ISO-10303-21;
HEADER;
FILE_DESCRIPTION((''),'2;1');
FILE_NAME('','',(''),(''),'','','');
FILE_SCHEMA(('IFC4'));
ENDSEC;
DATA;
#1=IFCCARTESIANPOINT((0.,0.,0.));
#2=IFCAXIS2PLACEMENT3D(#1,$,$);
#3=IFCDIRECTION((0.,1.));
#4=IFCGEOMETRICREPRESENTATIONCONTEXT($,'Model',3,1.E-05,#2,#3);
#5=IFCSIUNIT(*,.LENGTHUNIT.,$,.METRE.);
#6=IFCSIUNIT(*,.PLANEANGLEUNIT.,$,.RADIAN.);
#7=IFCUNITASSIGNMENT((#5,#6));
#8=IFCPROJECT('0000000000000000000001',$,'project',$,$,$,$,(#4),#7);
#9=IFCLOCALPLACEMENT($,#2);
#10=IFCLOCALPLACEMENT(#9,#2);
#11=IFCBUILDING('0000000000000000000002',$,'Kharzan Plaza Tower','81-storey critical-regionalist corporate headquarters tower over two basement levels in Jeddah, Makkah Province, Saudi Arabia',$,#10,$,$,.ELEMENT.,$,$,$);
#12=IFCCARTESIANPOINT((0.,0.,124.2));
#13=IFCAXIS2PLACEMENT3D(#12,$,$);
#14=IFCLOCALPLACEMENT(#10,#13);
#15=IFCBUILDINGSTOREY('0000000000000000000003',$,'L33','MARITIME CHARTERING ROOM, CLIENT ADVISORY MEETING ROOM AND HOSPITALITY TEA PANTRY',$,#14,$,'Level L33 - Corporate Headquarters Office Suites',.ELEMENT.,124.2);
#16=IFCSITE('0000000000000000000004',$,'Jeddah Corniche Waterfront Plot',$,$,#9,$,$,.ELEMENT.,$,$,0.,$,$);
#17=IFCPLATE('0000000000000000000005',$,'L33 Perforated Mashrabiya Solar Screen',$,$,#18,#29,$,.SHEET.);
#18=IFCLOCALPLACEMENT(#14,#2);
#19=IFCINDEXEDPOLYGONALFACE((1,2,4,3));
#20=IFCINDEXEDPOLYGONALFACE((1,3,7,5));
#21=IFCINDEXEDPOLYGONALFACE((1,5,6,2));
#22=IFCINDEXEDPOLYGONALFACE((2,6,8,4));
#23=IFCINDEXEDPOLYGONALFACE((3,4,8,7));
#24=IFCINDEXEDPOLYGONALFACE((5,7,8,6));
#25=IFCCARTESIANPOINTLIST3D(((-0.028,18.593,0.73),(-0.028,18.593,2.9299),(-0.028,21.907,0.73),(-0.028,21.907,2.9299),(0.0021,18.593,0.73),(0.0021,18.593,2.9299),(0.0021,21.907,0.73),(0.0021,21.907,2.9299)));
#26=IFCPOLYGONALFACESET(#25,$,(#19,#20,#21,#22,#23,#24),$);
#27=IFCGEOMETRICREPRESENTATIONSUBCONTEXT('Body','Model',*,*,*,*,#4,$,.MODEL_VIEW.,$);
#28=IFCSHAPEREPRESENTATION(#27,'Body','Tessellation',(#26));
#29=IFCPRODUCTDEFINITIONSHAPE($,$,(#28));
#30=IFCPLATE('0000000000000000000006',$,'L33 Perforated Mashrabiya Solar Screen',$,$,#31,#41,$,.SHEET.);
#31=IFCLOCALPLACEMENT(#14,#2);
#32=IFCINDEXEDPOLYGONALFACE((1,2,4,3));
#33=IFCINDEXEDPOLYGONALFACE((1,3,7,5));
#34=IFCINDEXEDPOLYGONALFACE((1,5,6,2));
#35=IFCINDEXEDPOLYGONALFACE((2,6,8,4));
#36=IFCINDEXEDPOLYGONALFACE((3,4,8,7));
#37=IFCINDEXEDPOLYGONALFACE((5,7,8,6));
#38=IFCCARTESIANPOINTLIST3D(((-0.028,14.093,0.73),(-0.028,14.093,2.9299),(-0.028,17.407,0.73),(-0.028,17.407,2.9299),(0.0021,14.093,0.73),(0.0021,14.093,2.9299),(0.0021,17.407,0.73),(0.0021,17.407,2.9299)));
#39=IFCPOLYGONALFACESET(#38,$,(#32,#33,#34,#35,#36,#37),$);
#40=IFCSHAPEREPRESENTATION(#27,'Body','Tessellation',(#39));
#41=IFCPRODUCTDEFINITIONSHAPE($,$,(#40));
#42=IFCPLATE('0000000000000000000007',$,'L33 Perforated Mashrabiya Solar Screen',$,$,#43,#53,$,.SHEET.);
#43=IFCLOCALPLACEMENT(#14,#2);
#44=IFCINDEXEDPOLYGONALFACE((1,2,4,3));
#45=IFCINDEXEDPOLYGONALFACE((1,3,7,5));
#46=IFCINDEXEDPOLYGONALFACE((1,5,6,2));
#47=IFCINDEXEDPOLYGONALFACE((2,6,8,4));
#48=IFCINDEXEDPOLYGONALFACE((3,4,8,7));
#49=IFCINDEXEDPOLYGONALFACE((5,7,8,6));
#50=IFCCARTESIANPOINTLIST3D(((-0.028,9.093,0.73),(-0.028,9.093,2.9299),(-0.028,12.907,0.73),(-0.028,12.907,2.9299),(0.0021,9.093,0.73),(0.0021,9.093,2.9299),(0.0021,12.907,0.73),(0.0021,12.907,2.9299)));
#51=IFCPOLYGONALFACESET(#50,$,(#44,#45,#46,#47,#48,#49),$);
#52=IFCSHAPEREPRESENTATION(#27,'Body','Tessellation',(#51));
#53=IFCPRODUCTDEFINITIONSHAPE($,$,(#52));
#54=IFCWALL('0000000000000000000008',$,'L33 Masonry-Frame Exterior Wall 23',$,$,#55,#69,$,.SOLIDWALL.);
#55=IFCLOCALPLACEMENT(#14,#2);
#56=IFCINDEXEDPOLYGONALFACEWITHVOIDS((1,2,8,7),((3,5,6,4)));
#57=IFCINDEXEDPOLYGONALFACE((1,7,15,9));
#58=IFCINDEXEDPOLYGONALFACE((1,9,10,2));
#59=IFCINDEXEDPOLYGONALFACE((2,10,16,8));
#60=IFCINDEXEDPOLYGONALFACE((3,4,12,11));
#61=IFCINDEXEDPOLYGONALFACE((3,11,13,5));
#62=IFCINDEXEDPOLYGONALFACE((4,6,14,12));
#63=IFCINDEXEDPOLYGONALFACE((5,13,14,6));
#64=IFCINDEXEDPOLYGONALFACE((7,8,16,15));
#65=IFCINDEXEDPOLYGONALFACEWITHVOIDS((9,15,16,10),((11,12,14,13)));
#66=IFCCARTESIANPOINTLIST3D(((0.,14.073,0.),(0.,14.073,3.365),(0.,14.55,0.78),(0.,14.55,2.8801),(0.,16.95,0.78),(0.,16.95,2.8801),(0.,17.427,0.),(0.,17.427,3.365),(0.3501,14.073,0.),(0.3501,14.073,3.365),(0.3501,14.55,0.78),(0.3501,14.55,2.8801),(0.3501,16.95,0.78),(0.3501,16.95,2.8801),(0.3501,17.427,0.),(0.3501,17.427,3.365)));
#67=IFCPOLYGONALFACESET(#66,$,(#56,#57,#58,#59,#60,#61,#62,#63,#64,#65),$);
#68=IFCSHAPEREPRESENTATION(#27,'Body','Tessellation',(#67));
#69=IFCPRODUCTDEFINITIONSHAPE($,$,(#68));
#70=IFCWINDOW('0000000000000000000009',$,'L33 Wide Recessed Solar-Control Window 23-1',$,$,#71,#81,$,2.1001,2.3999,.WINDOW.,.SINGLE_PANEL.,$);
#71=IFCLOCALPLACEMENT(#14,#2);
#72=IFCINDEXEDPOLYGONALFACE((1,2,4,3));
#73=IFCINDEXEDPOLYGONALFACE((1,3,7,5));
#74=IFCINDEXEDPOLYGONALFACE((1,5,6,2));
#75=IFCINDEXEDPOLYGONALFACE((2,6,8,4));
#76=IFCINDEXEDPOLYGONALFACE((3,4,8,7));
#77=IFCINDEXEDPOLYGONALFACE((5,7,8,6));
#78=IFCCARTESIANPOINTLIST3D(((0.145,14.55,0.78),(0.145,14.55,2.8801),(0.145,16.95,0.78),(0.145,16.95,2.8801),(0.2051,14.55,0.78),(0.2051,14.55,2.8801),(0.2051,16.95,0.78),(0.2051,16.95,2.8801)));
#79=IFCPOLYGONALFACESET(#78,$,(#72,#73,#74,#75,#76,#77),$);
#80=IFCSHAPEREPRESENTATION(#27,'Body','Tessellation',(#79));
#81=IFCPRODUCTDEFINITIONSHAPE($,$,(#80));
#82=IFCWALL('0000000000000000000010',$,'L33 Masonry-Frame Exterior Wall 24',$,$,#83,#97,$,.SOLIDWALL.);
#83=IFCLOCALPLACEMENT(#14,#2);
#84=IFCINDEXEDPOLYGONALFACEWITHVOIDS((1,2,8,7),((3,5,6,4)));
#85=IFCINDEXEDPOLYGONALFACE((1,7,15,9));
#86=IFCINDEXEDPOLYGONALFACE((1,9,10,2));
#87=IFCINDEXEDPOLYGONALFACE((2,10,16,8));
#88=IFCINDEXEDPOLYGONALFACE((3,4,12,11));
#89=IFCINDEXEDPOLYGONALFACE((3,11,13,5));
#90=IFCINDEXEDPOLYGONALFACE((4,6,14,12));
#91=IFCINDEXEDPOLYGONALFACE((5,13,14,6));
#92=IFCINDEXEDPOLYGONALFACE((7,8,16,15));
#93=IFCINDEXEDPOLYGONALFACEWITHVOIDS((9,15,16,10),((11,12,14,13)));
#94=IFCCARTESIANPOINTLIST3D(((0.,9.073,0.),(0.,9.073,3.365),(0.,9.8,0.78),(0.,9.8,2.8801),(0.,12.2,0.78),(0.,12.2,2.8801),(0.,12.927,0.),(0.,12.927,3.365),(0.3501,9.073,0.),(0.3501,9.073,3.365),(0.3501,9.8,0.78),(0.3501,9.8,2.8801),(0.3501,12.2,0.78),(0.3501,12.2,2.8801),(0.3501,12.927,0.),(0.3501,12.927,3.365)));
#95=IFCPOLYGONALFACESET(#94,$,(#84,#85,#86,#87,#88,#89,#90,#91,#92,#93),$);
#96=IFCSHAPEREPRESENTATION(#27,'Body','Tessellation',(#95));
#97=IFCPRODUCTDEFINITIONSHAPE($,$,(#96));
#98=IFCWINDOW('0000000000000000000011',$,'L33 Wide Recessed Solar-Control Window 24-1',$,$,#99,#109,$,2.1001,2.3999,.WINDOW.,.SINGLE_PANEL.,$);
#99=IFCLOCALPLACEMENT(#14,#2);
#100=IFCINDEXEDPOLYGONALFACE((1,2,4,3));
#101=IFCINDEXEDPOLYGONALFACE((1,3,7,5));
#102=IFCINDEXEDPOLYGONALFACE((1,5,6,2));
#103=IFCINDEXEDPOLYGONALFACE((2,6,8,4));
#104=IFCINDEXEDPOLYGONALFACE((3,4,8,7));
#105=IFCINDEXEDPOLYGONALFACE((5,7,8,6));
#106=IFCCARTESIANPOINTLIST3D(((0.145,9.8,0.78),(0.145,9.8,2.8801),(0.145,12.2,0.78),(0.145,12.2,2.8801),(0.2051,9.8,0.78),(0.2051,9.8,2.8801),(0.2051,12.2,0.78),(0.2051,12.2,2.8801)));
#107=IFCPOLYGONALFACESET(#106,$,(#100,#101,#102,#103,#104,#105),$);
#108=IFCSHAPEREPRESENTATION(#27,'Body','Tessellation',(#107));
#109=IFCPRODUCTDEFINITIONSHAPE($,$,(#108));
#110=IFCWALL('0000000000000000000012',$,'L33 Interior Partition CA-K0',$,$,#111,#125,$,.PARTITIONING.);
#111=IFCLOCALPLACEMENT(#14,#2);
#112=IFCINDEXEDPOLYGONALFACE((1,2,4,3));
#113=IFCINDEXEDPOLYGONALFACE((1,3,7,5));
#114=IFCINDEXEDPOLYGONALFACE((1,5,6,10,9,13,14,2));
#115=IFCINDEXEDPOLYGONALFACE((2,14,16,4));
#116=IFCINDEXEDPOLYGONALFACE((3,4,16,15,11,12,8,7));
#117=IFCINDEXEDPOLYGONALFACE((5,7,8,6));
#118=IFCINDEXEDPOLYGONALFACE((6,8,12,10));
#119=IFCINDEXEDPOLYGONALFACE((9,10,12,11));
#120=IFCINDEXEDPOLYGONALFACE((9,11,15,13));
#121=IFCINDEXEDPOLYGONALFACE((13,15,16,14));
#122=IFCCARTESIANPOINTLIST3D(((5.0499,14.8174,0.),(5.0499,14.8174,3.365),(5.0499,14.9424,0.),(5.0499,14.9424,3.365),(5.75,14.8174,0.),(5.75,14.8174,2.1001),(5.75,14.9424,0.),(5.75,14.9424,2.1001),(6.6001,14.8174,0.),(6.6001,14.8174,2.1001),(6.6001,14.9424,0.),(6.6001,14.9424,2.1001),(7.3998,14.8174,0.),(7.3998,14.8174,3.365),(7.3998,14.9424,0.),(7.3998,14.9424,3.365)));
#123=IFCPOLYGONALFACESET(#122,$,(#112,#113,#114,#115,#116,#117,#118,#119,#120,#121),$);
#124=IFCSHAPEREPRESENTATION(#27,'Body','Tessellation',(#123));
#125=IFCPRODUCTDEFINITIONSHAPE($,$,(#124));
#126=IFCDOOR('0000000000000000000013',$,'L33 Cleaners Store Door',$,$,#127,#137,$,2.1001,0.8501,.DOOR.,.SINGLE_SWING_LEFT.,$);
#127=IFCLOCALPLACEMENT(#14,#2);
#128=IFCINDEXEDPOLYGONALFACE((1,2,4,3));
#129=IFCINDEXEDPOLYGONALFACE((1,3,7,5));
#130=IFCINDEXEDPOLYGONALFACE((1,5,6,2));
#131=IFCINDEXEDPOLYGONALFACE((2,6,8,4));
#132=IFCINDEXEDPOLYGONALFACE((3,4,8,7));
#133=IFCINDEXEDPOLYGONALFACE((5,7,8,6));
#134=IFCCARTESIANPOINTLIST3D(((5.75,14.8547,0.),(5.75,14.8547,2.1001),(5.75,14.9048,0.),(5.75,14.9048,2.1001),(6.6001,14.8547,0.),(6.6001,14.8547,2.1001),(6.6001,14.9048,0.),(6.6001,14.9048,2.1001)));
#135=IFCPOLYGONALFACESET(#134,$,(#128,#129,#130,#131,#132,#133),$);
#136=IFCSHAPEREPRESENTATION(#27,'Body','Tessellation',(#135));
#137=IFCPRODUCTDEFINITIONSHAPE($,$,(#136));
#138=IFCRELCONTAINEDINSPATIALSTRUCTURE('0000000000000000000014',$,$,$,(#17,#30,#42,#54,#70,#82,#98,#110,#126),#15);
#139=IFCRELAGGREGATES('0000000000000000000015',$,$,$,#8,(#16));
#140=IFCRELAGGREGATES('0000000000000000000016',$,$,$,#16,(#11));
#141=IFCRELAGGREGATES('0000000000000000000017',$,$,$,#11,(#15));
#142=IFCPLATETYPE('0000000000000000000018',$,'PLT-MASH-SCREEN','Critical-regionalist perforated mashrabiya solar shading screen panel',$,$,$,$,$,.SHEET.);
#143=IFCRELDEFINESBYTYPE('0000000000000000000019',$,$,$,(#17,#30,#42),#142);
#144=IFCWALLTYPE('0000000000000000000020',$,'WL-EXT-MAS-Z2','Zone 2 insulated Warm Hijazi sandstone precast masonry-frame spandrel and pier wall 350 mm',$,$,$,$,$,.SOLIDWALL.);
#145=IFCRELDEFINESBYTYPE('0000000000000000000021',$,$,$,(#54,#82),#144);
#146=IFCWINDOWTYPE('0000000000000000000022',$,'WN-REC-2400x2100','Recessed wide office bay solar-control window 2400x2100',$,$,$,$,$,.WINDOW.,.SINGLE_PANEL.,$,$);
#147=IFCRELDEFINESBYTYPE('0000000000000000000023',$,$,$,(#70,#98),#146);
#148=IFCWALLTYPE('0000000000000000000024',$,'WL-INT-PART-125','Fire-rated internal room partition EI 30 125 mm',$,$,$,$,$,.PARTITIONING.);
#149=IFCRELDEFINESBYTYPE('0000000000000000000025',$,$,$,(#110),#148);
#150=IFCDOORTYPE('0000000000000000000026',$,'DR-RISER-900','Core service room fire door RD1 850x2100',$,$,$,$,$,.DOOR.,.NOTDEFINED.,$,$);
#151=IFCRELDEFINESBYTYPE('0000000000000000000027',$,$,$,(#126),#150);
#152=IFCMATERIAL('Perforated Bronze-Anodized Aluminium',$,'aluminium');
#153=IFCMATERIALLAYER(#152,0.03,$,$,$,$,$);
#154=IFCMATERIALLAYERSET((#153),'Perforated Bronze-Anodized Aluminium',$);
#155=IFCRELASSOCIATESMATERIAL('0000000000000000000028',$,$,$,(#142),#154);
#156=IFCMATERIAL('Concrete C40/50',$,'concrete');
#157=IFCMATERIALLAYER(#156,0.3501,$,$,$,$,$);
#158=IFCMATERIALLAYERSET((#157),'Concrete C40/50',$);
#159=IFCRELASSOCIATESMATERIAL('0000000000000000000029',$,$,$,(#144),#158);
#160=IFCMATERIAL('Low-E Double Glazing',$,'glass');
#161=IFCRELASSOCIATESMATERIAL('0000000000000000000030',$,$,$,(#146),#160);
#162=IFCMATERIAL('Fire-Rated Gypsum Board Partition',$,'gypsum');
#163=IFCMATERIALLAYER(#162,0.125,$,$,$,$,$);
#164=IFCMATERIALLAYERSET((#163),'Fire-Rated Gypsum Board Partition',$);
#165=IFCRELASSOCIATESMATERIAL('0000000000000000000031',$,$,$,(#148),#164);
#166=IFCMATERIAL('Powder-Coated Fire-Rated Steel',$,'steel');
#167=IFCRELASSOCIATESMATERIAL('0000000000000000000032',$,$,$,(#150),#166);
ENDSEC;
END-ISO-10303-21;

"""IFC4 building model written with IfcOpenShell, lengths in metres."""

from ifc_helpers import new_model, si_unit, direction, frame, frame_2d, origin, origin_2d, place, context, subcontext, project, spatial, rectangle, extrude, source, transform, mapped, material, layer, layer_set, type_object, element, fill, save


model = new_model("IFC4")

# Units and contexts
model_context = context("Model", 3, precision=1e-05, world=origin(), true_north=direction((0.0, 1.0)))
body_context = subcontext(model_context, "Body", "Model", "MODEL_VIEW")
ifc_project = project(units=[si_unit("LENGTHUNIT", "METRE"), si_unit("PLANEANGLEUNIT", "RADIAN")], contexts=[model_context])

# Site, building, storey
site_placement = place(None, origin())
site = spatial("IfcSite", under=ifc_project, at=site_placement, Name="Jeddah Corniche Waterfront Plot", CompositionType="ELEMENT", RefElevation=0.0)
building_placement = place(site_placement, origin())
building = spatial("IfcBuilding", under=site, at=building_placement, Name="Kharzan Plaza Tower", Description="81-storey critical-regionalist corporate headquarters tower over two basement levels in Jeddah, Makkah Province, Saudi Arabia", CompositionType="ELEMENT")
storey_placement = place(building_placement, frame((0.0, 0.0, 124.2)))
storey = spatial("IfcBuildingStorey", under=building, at=storey_placement, Name="L33", Description="MARITIME CHARTERING ROOM, CLIENT ADVISORY MEETING ROOM AND HOSPITALITY TEA PANTRY", LongName="Level L33 - Corporate Headquarters Office Suites", CompositionType="ELEMENT", Elevation=124.2)

# Plates
ifc_material_1 = material(Name="Perforated Bronze-Anodized Aluminium", Category="aluminium")
ifc_layer_1 = layer(ifc_material_1, 0.03)
ifc_layer_set_1 = layer_set([ifc_layer_1], Name="Perforated Bronze-Anodized Aluminium")
plate_type = type_object("IfcPlateType", Name="PLT-MASH-SCREEN", Description="Critical-regionalist perforated mashrabiya solar shading screen panel", PredefinedType="SHEET", material=ifc_layer_set_1)
shared_shape_1 = source(origin(), body_context, "Body", "SweptSolid", [
    extrude(rectangle(XDim=3.314, YDim=0.03, at=origin_2d()), origin(), (0.0, 0.0, 1.0), 2.2),
])
for number, where, z_axis, x_axis, name in (
    (1, (-0.0129, 20.25, 0.73), (0.0, 0.0, 1.0), (0.0, -1.0, 0.0), "L33 Perforated Mashrabiya Solar Screen"),
    (2, (-0.0129, 15.75, 0.73), (0.0, 0.0, 1.0), (0.0, -1.0, 0.0), "L33 Perforated Mashrabiya Solar Screen"),
):
    element("IfcPlate", number, at=place(storey_placement, frame(where, z_axis=z_axis, x_axis=x_axis)), inside=storey, type_object=plate_type, Name=name, PredefinedType="SHEET", context=body_context, shape_type="MappedRepresentation", body=[
        mapped(shared_shape_1, transform((0.0, 0.0, 0.0), x_axis=(1.0, 0.0, 0.0), y_axis=(0.0, 1.0, 0.0), z_axis=(0.0, 0.0, 1.0))),
    ])
shared_shape_2 = source(origin(), body_context, "Body", "SweptSolid", [
    extrude(rectangle(XDim=3.814, YDim=0.03, at=origin_2d()), origin(), (0.0, 0.0, 1.0), 2.2),
])
plate_placement = place(storey_placement, frame((-0.0129, 11.0, 0.73), z_axis=(0.0, 0.0, 1.0), x_axis=(0.0, -1.0, 0.0)))
element("IfcPlate", 3, at=plate_placement, inside=storey, type_object=plate_type, Name="L33 Perforated Mashrabiya Solar Screen", PredefinedType="SHEET", context=body_context, shape_type="MappedRepresentation", body=[
    mapped(shared_shape_2, transform((0.0, 0.0, 0.0), x_axis=(1.0, 0.0, 0.0), y_axis=(0.0, 1.0, 0.0), z_axis=(0.0, 0.0, 1.0))),
])

# Walls, openings, windows
ifc_material_2 = material(Name="Concrete C40/50", Category="concrete")
ifc_layer_2 = layer(ifc_material_2, 0.3501)
ifc_layer_set_2 = layer_set([ifc_layer_2], Name="Concrete C40/50")
wall_type_1 = type_object("IfcWallType", Name="WL-EXT-MAS-Z2", Description="Zone 2 insulated Warm Hijazi sandstone precast masonry-frame spandrel and pier wall 350 mm", PredefinedType="SOLIDWALL", material=ifc_layer_set_2)
wall_1_placement = place(storey_placement, frame((0.175, 17.427, 0.0), z_axis=(0.0, 0.0, 1.0), x_axis=(0.0, -1.0, 0.0)))
wall_1 = element("IfcWall", 4, at=wall_1_placement, inside=storey, type_object=wall_type_1, Name="L33 Masonry-Frame Exterior Wall 23", PredefinedType="SOLIDWALL", context=body_context, shape_type="SweptSolid", body=[
    extrude(rectangle(XDim=3.354, YDim=0.3501, at=frame_2d((1.677, 0.0))), origin(), (0.0, 0.0, 1.0), 3.365),
])
opening_1_placement = place(wall_1_placement, frame((0.4771, 0.0, 0.78)))
opening_1 = element("IfcOpeningElement", 5, at=opening_1_placement, cuts=wall_1, PredefinedType="OPENING", context=body_context, shape_type="SweptSolid", body=[
    extrude(rectangle(XDim=2.3999, YDim=2.1001, at=frame_2d((1.2, 1.05))), frame((0.0, 0.1851, 0.0), z_axis=(0.0, -1.0, 0.0), x_axis=(1.0, 0.0, 0.0)), (0.0, 0.0, 1.0), 0.3701),
])
ifc_material_3 = material(Name="Low-E Double Glazing", Category="glass")
window_type = type_object("IfcWindowType", Name="WN-REC-2400x2100", Description="Recessed wide office bay solar-control window 2400x2100", PartitioningType="SINGLE_PANEL", PredefinedType="WINDOW", material=ifc_material_3)
shared_shape_3 = source(origin(), body_context, "Body", "SweptSolid", [
    extrude(rectangle(XDim=2.3999, YDim=2.1001, at=frame_2d((1.2, 1.05))), frame((0.0, 0.03, 0.0), z_axis=(0.0, -1.0, 0.0), x_axis=(1.0, 0.0, 0.0)), (0.0, 0.0, 1.0), 0.0601),
])
window_1_placement = place(opening_1_placement, origin())
window_1 = element("IfcWindow", 6, at=window_1_placement, inside=storey, type_object=window_type, Name="L33 Wide Recessed Solar-Control Window 23-1", OverallHeight=2.1001, OverallWidth=2.3999, PartitioningType="SINGLE_PANEL", PredefinedType="WINDOW", context=body_context, shape_type="MappedRepresentation", body=[
    mapped(shared_shape_3, transform((0.0, 0.0, 0.0), x_axis=(1.0, 0.0, 0.0), y_axis=(0.0, 1.0, 0.0), z_axis=(0.0, 0.0, 1.0))),
])
fill(opening_1, window_1)
wall_2_placement = place(storey_placement, frame((0.175, 12.927, 0.0), z_axis=(0.0, 0.0, 1.0), x_axis=(0.0, -1.0, 0.0)))
wall_2 = element("IfcWall", 7, at=wall_2_placement, inside=storey, type_object=wall_type_1, Name="L33 Masonry-Frame Exterior Wall 24", PredefinedType="SOLIDWALL", context=body_context, shape_type="SweptSolid", body=[
    extrude(rectangle(XDim=3.854, YDim=0.3501, at=frame_2d((1.927, 0.0))), origin(), (0.0, 0.0, 1.0), 3.365),
])
opening_2_placement = place(wall_2_placement, frame((0.7271, 0.0, 0.78)))
opening_2 = element("IfcOpeningElement", 8, at=opening_2_placement, cuts=wall_2, PredefinedType="OPENING", context=body_context, shape_type="SweptSolid", body=[
    extrude(rectangle(XDim=2.3999, YDim=2.1001, at=frame_2d((1.2, 1.05))), frame((0.0, 0.1851, 0.0), z_axis=(0.0, -1.0, 0.0), x_axis=(1.0, 0.0, 0.0)), (0.0, 0.0, 1.0), 0.3701),
])
window_2_placement = place(opening_2_placement, origin())
window_2 = element("IfcWindow", 9, at=window_2_placement, inside=storey, type_object=window_type, Name="L33 Wide Recessed Solar-Control Window 24-1", OverallHeight=2.1001, OverallWidth=2.3999, PartitioningType="SINGLE_PANEL", PredefinedType="WINDOW", context=body_context, shape_type="MappedRepresentation", body=[
    mapped(shared_shape_3, transform((0.0, 0.0, 0.0), x_axis=(1.0, 0.0, 0.0), y_axis=(0.0, 1.0, 0.0), z_axis=(0.0, 0.0, 1.0))),
])
fill(opening_2, window_2)

# Wall, opening, door
ifc_material_4 = material(Name="Fire-Rated Gypsum Board Partition", Category="gypsum")
ifc_layer_3 = layer(ifc_material_4, 0.125)
ifc_layer_set_3 = layer_set([ifc_layer_3], Name="Fire-Rated Gypsum Board Partition")
wall_type_2 = type_object("IfcWallType", Name="WL-INT-PART-125", Description="Fire-rated internal room partition EI 30 125 mm", PredefinedType="PARTITIONING", material=ifc_layer_set_3)
wall_3_placement = place(storey_placement, frame((5.05, 14.8799, 0.0), z_axis=(0.0, 0.0, 1.0), x_axis=(1.0, 0.0, 0.0)))
wall_3 = element("IfcWall", 10, at=wall_3_placement, inside=storey, type_object=wall_type_2, Name="L33 Interior Partition CA-K0", PredefinedType="PARTITIONING", context=body_context, shape_type="SweptSolid", body=[
    extrude(rectangle(XDim=2.3499, YDim=0.125, at=frame_2d((1.1748, 0.0))), origin(), (0.0, 0.0, 1.0), 3.365),
])
opening_3_placement = place(wall_3_placement, frame((0.7, 0.0, 0.0)))
opening_3 = element("IfcOpeningElement", 11, at=opening_3_placement, cuts=wall_3, PredefinedType="OPENING", context=body_context, shape_type="SweptSolid", body=[
    extrude(rectangle(XDim=0.8501, YDim=2.1001, at=frame_2d((0.425, 1.05))), frame((0.0, 0.0725, 0.0), z_axis=(0.0, -1.0, 0.0), x_axis=(1.0, 0.0, 0.0)), (0.0, 0.0, 1.0), 0.145),
])
ifc_material_5 = material(Name="Powder-Coated Fire-Rated Steel", Category="steel")
door_type_1 = type_object("IfcDoorType", Name="DR-RISER-900", Description="Core service room fire door RD1 850x2100", OperationType="NOTDEFINED", PredefinedType="DOOR", material=ifc_material_5)
shared_shape_4 = source(origin(), body_context, "Body", "SweptSolid", [
    extrude(rectangle(XDim=0.8501, YDim=2.1001, at=frame_2d((0.425, 1.05))), frame((0.0, 0.0249, 0.0), z_axis=(0.0, -1.0, 0.0), x_axis=(1.0, 0.0, 0.0)), (0.0, 0.0, 1.0), 0.05),
])
door_1_placement = place(opening_3_placement, origin())
door_1 = element("IfcDoor", 12, at=door_1_placement, inside=storey, type_object=door_type_1, Name="L33 Cleaners Store Door", OperationType="SINGLE_SWING_LEFT", OverallHeight=2.1001, OverallWidth=0.8501, PredefinedType="DOOR", context=body_context, shape_type="MappedRepresentation", body=[
    mapped(shared_shape_4, transform((0.0, 0.0, 0.0), x_axis=(1.0, 0.0, 0.0), y_axis=(0.0, 1.0, 0.0), z_axis=(0.0, 0.0, 1.0))),
])
fill(opening_3, door_1)

save(model, "model.ifc")
